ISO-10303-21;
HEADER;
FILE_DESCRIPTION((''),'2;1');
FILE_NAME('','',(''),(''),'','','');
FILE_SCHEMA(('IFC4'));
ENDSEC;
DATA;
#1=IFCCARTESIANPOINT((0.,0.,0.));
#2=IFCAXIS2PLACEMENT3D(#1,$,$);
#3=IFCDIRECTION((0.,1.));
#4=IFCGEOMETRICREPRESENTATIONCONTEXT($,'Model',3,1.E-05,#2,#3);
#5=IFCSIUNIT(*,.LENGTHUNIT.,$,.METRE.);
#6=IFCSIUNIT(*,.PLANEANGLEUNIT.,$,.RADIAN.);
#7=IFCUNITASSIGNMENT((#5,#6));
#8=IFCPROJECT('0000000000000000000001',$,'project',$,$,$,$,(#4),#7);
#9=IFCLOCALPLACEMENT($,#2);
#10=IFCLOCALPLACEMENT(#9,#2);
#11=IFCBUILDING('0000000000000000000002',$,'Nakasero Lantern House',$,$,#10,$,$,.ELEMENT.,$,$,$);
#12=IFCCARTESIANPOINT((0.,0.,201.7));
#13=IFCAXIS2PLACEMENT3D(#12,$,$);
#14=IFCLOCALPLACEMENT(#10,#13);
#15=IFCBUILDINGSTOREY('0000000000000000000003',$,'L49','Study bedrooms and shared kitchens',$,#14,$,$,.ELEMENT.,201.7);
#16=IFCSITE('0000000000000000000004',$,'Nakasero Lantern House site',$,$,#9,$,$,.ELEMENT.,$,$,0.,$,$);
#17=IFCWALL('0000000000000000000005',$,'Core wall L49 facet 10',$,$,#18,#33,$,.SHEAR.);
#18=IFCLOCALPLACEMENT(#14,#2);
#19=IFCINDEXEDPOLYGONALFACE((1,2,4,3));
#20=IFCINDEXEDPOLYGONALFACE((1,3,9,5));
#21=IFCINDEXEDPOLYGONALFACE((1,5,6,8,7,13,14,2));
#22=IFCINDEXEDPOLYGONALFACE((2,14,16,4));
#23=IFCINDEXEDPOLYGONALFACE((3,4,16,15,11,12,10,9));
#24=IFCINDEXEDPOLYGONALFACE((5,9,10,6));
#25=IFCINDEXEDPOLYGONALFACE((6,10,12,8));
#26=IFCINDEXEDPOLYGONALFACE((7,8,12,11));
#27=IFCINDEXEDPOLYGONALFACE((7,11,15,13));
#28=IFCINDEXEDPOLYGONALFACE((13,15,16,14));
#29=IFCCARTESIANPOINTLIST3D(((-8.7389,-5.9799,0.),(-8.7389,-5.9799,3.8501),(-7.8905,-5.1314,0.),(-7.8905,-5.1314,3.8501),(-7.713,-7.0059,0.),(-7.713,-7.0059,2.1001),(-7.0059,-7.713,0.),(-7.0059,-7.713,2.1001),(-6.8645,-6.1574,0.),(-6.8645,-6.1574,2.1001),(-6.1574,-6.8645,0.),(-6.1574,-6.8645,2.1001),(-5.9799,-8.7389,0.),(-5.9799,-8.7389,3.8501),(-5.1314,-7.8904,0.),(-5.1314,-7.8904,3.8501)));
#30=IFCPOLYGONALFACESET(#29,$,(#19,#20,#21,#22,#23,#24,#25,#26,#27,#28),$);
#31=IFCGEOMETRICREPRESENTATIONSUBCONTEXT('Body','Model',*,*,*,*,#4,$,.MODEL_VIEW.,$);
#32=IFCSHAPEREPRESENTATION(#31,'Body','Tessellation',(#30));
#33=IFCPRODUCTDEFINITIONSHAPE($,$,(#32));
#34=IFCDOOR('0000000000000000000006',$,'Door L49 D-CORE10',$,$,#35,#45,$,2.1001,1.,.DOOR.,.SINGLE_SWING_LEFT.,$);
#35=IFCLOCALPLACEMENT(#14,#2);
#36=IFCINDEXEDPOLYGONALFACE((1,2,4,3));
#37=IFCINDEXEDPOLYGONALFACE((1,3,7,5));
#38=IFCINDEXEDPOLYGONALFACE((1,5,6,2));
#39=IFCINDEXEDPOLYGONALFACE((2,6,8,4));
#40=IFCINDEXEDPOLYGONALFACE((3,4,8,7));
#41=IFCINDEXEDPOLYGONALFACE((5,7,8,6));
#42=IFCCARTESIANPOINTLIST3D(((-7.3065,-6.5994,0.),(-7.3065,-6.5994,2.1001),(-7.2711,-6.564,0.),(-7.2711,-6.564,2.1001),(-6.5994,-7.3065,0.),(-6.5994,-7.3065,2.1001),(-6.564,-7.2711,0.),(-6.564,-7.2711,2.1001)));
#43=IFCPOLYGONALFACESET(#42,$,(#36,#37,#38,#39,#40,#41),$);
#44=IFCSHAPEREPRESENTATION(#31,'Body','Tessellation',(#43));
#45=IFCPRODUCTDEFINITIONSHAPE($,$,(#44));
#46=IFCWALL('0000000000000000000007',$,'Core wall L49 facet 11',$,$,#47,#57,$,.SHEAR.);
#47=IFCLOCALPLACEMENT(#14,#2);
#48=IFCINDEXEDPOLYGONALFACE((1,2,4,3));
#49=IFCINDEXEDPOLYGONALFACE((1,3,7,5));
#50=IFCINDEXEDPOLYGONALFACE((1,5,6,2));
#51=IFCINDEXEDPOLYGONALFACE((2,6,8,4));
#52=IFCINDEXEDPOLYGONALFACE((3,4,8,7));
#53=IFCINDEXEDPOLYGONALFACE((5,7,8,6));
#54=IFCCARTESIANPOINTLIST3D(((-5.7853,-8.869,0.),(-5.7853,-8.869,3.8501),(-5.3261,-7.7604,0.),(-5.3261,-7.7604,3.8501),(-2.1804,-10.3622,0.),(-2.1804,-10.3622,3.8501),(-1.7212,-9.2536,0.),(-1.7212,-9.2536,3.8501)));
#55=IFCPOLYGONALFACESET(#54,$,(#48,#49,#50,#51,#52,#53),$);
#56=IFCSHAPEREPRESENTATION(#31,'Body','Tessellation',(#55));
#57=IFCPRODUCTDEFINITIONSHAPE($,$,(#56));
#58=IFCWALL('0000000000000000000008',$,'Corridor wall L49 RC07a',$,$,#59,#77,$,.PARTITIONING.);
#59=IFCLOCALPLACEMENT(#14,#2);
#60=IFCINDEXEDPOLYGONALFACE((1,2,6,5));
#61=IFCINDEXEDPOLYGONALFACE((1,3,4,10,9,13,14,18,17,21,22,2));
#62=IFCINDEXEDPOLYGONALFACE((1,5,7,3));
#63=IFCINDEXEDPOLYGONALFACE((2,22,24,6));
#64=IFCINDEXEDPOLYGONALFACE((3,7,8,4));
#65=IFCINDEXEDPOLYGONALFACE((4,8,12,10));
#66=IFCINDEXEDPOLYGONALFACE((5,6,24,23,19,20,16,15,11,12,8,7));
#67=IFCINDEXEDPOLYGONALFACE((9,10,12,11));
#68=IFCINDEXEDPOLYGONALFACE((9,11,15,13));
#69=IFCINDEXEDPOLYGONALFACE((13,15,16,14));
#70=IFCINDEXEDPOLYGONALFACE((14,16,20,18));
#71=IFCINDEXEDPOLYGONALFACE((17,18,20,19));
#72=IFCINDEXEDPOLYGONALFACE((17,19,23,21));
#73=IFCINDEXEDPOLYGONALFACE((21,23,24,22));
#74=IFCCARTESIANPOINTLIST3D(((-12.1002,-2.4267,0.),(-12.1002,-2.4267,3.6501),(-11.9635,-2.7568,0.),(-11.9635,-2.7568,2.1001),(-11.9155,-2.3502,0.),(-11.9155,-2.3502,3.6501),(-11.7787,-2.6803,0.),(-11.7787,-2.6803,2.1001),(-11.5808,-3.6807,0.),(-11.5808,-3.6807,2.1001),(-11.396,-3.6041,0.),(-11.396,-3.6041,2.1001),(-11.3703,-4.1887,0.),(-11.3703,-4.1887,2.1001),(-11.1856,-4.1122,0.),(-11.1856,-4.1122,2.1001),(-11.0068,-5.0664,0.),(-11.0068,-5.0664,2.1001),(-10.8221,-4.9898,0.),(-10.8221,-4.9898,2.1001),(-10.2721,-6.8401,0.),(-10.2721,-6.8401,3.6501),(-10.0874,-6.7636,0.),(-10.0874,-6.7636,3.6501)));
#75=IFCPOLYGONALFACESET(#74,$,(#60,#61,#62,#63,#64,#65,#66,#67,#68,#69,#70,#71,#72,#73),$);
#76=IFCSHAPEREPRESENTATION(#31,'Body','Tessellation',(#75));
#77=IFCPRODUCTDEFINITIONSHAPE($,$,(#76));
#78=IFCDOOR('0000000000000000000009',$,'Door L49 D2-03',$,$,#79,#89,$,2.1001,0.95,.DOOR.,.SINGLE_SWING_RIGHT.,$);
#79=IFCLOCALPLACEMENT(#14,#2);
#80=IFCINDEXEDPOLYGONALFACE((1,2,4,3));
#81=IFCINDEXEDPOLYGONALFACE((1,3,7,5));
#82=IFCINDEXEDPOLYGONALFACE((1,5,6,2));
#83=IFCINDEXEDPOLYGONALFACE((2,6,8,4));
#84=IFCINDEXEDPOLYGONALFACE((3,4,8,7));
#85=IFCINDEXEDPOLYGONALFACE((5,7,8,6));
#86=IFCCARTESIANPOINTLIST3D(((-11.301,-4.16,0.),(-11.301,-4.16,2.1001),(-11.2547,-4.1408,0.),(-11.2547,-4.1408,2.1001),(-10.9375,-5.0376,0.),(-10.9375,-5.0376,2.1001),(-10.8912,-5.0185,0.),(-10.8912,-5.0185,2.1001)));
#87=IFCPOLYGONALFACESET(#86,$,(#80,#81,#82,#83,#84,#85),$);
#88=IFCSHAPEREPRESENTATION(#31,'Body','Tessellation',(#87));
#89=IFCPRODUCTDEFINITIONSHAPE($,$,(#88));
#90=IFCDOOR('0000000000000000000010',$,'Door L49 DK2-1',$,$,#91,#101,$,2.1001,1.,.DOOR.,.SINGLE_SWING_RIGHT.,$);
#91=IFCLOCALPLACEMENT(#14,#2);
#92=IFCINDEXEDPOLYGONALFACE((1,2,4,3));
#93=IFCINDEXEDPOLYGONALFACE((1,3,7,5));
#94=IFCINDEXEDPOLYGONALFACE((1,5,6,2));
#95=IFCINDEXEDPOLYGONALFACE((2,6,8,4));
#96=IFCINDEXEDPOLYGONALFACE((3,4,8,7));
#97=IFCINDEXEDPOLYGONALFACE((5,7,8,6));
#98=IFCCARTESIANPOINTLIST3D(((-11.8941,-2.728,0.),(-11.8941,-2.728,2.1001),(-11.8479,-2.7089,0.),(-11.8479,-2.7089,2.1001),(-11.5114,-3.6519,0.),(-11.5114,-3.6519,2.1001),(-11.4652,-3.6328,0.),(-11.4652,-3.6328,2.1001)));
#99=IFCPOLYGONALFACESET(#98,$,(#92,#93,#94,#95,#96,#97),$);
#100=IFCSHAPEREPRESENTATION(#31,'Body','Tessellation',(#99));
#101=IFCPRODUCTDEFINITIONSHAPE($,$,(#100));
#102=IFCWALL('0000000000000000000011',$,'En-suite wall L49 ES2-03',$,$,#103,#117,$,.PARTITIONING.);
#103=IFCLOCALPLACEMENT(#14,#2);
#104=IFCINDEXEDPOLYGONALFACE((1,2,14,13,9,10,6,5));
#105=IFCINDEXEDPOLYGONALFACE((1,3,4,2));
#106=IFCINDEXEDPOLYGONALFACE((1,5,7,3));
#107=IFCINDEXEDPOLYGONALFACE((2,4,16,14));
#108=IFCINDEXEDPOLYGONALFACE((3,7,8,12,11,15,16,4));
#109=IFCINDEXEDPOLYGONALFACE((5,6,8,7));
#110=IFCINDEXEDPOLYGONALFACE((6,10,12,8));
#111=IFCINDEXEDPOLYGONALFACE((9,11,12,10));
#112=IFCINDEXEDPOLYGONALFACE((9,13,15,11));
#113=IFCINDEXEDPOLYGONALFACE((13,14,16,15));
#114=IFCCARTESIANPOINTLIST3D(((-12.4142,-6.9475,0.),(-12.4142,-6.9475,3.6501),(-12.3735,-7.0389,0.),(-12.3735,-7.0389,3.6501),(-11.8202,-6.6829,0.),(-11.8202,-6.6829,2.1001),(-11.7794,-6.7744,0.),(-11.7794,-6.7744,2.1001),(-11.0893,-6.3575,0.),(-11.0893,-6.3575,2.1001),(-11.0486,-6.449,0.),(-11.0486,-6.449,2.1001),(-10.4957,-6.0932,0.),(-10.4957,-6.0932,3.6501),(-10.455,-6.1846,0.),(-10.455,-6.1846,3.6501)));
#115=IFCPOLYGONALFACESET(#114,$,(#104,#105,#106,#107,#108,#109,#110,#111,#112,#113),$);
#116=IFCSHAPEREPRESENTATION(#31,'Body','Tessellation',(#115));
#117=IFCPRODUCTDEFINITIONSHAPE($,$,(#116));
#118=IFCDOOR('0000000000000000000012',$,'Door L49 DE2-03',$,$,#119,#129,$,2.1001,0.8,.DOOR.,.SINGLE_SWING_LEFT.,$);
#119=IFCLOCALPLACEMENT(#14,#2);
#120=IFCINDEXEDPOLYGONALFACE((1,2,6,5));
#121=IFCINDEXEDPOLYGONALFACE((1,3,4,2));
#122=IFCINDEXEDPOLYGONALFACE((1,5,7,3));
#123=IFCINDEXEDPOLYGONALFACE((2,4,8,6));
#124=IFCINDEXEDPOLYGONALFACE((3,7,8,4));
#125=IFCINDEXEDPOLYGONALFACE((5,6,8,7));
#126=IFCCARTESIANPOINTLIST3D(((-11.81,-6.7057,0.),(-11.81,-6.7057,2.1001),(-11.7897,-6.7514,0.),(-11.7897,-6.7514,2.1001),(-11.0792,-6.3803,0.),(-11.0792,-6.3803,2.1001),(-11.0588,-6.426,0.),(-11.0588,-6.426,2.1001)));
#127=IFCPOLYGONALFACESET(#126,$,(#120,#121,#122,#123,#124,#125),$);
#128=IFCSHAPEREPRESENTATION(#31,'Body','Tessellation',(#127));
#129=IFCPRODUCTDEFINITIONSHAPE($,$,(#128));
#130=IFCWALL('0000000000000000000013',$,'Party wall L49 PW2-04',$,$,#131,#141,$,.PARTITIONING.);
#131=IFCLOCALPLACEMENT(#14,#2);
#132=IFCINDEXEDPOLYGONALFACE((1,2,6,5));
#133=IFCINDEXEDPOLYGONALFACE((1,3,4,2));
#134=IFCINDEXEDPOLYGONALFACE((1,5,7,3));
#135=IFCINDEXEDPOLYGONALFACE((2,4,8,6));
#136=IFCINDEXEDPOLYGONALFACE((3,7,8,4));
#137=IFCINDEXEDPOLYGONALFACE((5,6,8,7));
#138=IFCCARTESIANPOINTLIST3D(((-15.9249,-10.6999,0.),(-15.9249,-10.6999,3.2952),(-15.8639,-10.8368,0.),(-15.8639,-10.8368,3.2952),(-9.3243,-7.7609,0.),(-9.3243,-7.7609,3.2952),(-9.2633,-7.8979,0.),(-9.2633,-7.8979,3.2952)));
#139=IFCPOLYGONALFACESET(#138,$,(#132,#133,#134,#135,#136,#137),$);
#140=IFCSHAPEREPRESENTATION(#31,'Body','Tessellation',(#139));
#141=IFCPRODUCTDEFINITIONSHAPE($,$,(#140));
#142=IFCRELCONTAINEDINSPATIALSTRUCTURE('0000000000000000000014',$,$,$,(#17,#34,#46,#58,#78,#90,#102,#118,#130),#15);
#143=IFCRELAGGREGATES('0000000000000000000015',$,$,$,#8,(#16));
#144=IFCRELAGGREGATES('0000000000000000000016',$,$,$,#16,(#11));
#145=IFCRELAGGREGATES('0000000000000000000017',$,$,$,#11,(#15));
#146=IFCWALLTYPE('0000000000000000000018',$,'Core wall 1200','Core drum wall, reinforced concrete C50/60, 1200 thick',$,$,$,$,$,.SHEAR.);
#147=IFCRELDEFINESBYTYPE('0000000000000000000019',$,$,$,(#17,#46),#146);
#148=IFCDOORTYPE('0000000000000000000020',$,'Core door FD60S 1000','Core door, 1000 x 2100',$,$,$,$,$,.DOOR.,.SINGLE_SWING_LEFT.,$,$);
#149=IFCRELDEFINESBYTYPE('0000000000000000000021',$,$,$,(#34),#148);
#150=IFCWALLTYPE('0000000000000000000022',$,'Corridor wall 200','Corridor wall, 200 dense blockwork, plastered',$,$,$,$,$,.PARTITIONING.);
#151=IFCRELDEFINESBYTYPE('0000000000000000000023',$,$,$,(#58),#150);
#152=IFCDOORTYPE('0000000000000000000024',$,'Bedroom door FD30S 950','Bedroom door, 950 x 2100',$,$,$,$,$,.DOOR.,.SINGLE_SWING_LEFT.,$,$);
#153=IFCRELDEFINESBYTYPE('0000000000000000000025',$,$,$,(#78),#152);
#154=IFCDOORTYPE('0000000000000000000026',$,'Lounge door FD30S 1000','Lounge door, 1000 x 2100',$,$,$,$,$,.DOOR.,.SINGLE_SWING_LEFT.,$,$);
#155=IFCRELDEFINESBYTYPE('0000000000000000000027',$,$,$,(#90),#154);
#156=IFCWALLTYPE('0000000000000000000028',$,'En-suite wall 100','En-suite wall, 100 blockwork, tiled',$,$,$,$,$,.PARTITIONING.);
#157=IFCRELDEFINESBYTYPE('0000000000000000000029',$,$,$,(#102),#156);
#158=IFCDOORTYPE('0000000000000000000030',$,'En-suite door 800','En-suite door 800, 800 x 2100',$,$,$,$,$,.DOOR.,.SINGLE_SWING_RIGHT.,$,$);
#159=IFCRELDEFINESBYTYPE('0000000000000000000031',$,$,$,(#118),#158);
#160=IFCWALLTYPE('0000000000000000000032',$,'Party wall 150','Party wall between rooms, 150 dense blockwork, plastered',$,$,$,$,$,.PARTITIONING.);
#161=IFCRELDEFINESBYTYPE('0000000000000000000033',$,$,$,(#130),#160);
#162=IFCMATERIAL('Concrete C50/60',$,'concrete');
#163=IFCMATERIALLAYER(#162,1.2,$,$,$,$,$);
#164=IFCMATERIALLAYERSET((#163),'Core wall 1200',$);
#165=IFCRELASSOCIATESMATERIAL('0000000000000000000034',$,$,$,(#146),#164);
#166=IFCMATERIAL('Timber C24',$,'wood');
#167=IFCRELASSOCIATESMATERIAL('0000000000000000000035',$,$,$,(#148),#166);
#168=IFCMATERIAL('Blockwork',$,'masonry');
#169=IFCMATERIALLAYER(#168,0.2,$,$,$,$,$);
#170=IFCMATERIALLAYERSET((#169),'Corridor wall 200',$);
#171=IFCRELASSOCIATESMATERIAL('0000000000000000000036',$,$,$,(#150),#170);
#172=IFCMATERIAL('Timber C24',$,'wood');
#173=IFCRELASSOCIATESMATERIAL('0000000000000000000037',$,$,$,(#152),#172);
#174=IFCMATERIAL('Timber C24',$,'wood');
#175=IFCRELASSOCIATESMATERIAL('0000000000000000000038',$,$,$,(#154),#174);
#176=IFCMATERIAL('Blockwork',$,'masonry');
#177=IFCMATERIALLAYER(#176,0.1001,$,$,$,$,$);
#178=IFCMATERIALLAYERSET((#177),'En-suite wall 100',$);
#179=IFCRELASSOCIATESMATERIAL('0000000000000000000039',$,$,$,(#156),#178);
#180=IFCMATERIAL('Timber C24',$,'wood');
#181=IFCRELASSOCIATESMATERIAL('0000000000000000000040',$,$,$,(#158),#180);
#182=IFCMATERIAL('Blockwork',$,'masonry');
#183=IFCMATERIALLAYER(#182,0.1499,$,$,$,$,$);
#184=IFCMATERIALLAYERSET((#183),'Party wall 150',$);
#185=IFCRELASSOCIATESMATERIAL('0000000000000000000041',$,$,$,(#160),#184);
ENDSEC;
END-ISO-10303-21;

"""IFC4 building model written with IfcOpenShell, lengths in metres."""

from ifc_helpers import new_model, si_unit, direction, frame, frame_2d, origin, place, context, subcontext, project, spatial, rectangle, extrude, material, layer, layer_set, type_object, element, fill, save


model = new_model("IFC4")

# Units and contexts
model_context = context("Model", 3, precision=1e-05, world=origin(), true_north=direction((0.0, 1.0)))
body_context = subcontext(model_context, "Body", "Model", "MODEL_VIEW")
ifc_project = project(units=[si_unit("LENGTHUNIT", "METRE"), si_unit("PLANEANGLEUNIT", "RADIAN")], contexts=[model_context])

# Site, building, storey
site_placement = place(None, origin())
site = spatial("IfcSite", under=ifc_project, at=site_placement, Name="Nakasero Lantern House site", CompositionType="ELEMENT", RefElevation=0.0)
building_placement = place(site_placement, origin())
building = spatial("IfcBuilding", under=site, at=building_placement, Name="Nakasero Lantern House", CompositionType="ELEMENT")
storey_placement = place(building_placement, frame((0.0, 0.0, 201.7)))
storey = spatial("IfcBuildingStorey", under=building, at=storey_placement, Name="L49", Description="Study bedrooms and shared kitchens", CompositionType="ELEMENT", Elevation=201.7)

# Shared definitions
ifc_material_1 = material(Name="Concrete C50/60", Category="concrete")
ifc_layer_1 = layer(ifc_material_1, 1.2)
ifc_layer_set_1 = layer_set([ifc_layer_1], Name="Core wall 1200")
wall_type_1 = type_object("IfcWallType", Name="Core wall 1200", Description="Core drum wall, reinforced concrete C50/60, 1200 thick", PredefinedType="SHEAR", material=ifc_layer_set_1)

# Wall, opening, door
wall_1_placement = place(storey_placement, frame((-8.3147, -5.5557, 0.0), z_axis=(0.0, 0.0, 1.0), x_axis=(0.707107, -0.707107, 0.0)))
wall_1 = element("IfcWall", 1, at=wall_1_placement, inside=storey, type_object=wall_type_1, Name="Core wall L49 facet 10", PredefinedType="SHEAR", context=body_context, shape_type="SweptSolid", body=[
    extrude(rectangle(XDim=3.9019, YDim=1.2, at=frame_2d((1.9509, 0.0))), origin(), (0.0, 0.0, 1.0), 3.8501),
])
opening_1_placement = place(wall_1_placement, frame((1.4509, 0.0, 0.0)))
opening_1 = element("IfcOpeningElement", 2, at=opening_1_placement, cuts=wall_1, PredefinedType="OPENING", context=body_context, shape_type="SweptSolid", body=[
    extrude(rectangle(XDim=1.0, YDim=2.1001, at=frame_2d((0.5, 1.05))), frame((0.0, 0.6199, 0.0), z_axis=(0.0, -1.0, 0.0), x_axis=(1.0, 0.0, 0.0)), (0.0, 0.0, 1.0), 1.24),
])
ifc_material_2 = material(Name="Timber C24", Category="wood")
door_type_1 = type_object("IfcDoorType", Name="Core door FD60S 1000", Description="Core door, 1000 x 2100", OperationType="SINGLE_SWING_LEFT", PredefinedType="DOOR", material=ifc_material_2)
door_1_placement = place(opening_1_placement, origin())
door_1 = element("IfcDoor", 3, at=door_1_placement, inside=storey, type_object=door_type_1, Name="Door L49 D-CORE10", OperationType="SINGLE_SWING_LEFT", OverallHeight=2.1001, OverallWidth=1.0, PredefinedType="DOOR", context=body_context, shape_type="SweptSolid", body=[
    extrude(rectangle(XDim=1.0, YDim=2.1001, at=frame_2d((0.5, 1.05))), frame((0.0, 0.0249, 0.0), z_axis=(0.0, -1.0, 0.0), x_axis=(1.0, 0.0, 0.0)), (0.0, 0.0, 1.0), 0.05),
])
fill(opening_1, door_1)

# Wall
wall_2_placement = place(storey_placement, frame((-5.5557, -8.3147, 0.0), z_axis=(0.0, 0.0, 1.0), x_axis=(0.923877, -0.382691, 0.0)))
element("IfcWall", 4, at=wall_2_placement, inside=storey, type_object=wall_type_1, Name="Core wall L49 facet 11", PredefinedType="SHEAR", context=body_context, shape_type="SweptSolid", body=[
    extrude(rectangle(XDim=3.9019, YDim=1.2, at=frame_2d((1.9509, 0.0))), origin(), (0.0, 0.0, 1.0), 3.8501),
])

# Wall, openings, doors
ifc_material_3 = material(Name="Blockwork", Category="masonry")
ifc_layer_2 = layer(ifc_material_3, 0.2)
ifc_layer_set_2 = layer_set([ifc_layer_2], Name="Corridor wall 200")
wall_type_2 = type_object("IfcWallType", Name="Corridor wall 200", Description="Corridor wall, 200 dense blockwork, plastered", PredefinedType="PARTITIONING", material=ifc_layer_set_2)
wall_3_placement = place(storey_placement, frame((-10.1797, -6.802, 0.0), z_axis=(0.0, 0.0, 1.0), x_axis=(-0.382677, 0.923882, 0.0)))
wall_3 = element("IfcWall", 5, at=wall_3_placement, inside=storey, type_object=wall_type_2, Name="Corridor wall L49 RC07a", PredefinedType="PARTITIONING", context=body_context, shape_type="SweptSolid", body=[
    extrude(rectangle(XDim=4.7771, YDim=0.2, at=frame_2d((2.3887, 0.0))), origin(), (0.0, 0.0, 1.0), 3.6501),
])
opening_2_placement = place(wall_3_placement, frame((1.9199, 0.0, 0.0)))
opening_2 = element("IfcOpeningElement", 6, at=opening_2_placement, cuts=wall_3, PredefinedType="OPENING", context=body_context, shape_type="SweptSolid", body=[
    extrude(rectangle(XDim=0.95, YDim=2.1001, at=frame_2d((0.4751, 1.05))), frame((0.0, 0.1199, 0.0), z_axis=(0.0, -1.0, 0.0), x_axis=(1.0, 0.0, 0.0)), (0.0, 0.0, 1.0), 0.24),
])
opening_3_placement = place(wall_3_placement, frame((3.4199, 0.0, 0.0)))
opening_3 = element("IfcOpeningElement", 7, at=opening_3_placement, cuts=wall_3, PredefinedType="OPENING", context=body_context, shape_type="SweptSolid", body=[
    extrude(rectangle(XDim=1.0, YDim=2.1001, at=frame_2d((0.5, 1.05))), frame((0.0, 0.1199, 0.0), z_axis=(0.0, -1.0, 0.0), x_axis=(1.0, 0.0, 0.0)), (0.0, 0.0, 1.0), 0.24),
])
ifc_material_4 = material(Name="Timber C24", Category="wood")
door_type_2 = type_object("IfcDoorType", Name="Bedroom door FD30S 950", Description="Bedroom door, 950 x 2100", OperationType="SINGLE_SWING_LEFT", PredefinedType="DOOR", material=ifc_material_4)
door_2_placement = place(opening_2_placement, origin())
door_2 = element("IfcDoor", 8, at=door_2_placement, inside=storey, type_object=door_type_2, Name="Door L49 D2-03", OperationType="SINGLE_SWING_RIGHT", OverallHeight=2.1001, OverallWidth=0.95, PredefinedType="DOOR", context=body_context, shape_type="SweptSolid", body=[
    extrude(rectangle(XDim=0.95, YDim=2.1001, at=frame_2d((0.4751, 1.05))), frame((0.0, 0.0249, 0.0), z_axis=(0.0, -1.0, 0.0), x_axis=(1.0, 0.0, 0.0)), (0.0, 0.0, 1.0), 0.05),
])
fill(opening_2, door_2)
ifc_material_5 = material(Name="Timber C24", Category="wood")
door_type_3 = type_object("IfcDoorType", Name="Lounge door FD30S 1000", Description="Lounge door, 1000 x 2100", OperationType="SINGLE_SWING_LEFT", PredefinedType="DOOR", material=ifc_material_5)
door_3_placement = place(opening_3_placement, origin())
door_3 = element("IfcDoor", 9, at=door_3_placement, inside=storey, type_object=door_type_3, Name="Door L49 DK2-1", OperationType="SINGLE_SWING_RIGHT", OverallHeight=2.1001, OverallWidth=1.0, PredefinedType="DOOR", context=body_context, shape_type="SweptSolid", body=[
    extrude(rectangle(XDim=1.0, YDim=2.1001, at=frame_2d((0.5, 1.05))), frame((0.0, 0.0249, 0.0), z_axis=(0.0, -1.0, 0.0), x_axis=(1.0, 0.0, 0.0)), (0.0, 0.0, 1.0), 0.05),
])
fill(opening_3, door_3)

# Wall, opening, door
ifc_material_6 = material(Name="Blockwork", Category="masonry")
ifc_layer_3 = layer(ifc_material_6, 0.1001)
ifc_layer_set_3 = layer_set([ifc_layer_3], Name="En-suite wall 100")
wall_type_3 = type_object("IfcWallType", Name="En-suite wall 100", Description="En-suite wall, 100 blockwork, tiled", PredefinedType="PARTITIONING", material=ifc_layer_set_3)
wall_4_placement = place(storey_placement, frame((-10.4753, -6.1389, 0.0), z_axis=(0.0, 0.0, 1.0), x_axis=(-0.913528, -0.406775, 0.0)))
wall_4 = element("IfcWall", 10, at=wall_4_placement, inside=storey, type_object=wall_type_3, Name="En-suite wall L49 ES2-03", PredefinedType="PARTITIONING", context=body_context, shape_type="SweptSolid", body=[
    extrude(rectangle(XDim=2.1001, YDim=0.1001, at=frame_2d((1.05, 0.0))), origin(), (0.0, 0.0, 1.0), 3.6501),
])
opening_4_placement = place(wall_4_placement, frame((0.6499, 0.0, 0.0)))
opening_4 = element("IfcOpeningElement", 11, at=opening_4_placement, cuts=wall_4, PredefinedType="OPENING", context=body_context, shape_type="SweptSolid", body=[
    extrude(rectangle(XDim=0.8, YDim=2.1001, at=frame_2d((0.3999, 1.05))), frame((0.0, 0.0701, 0.0), z_axis=(0.0, -1.0, 0.0), x_axis=(1.0, 0.0, 0.0)), (0.0, 0.0, 1.0), 0.1401),
])
ifc_material_7 = material(Name="Timber C24", Category="wood")
door_type_4 = type_object("IfcDoorType", Name="En-suite door 800", Description="En-suite door 800, 800 x 2100", OperationType="SINGLE_SWING_RIGHT", PredefinedType="DOOR", material=ifc_material_7)
door_4_placement = place(opening_4_placement, origin())
door_4 = element("IfcDoor", 12, at=door_4_placement, inside=storey, type_object=door_type_4, Name="Door L49 DE2-03", OperationType="SINGLE_SWING_LEFT", OverallHeight=2.1001, OverallWidth=0.8, PredefinedType="DOOR", context=body_context, shape_type="SweptSolid", body=[
    extrude(rectangle(XDim=0.8, YDim=2.1001, at=frame_2d((0.3999, 1.05))), frame((0.0, 0.0249, 0.0), z_axis=(0.0, -1.0, 0.0), x_axis=(1.0, 0.0, 0.0)), (0.0, 0.0, 1.0), 0.05),
])
fill(opening_4, door_4)

# Wall
ifc_material_8 = material(Name="Blockwork", Category="masonry")
ifc_layer_4 = layer(ifc_material_8, 0.1499)
ifc_layer_set_4 = layer_set([ifc_layer_4], Name="Party wall 150")
wall_type_4 = type_object("IfcWallType", Name="Party wall 150", Description="Party wall between rooms, 150 dense blockwork, plastered", PredefinedType="PARTITIONING", material=ifc_layer_set_4)
wall_5_placement = place(storey_placement, frame((-9.2937, -7.8293, 0.0), z_axis=(0.0, 0.0, 1.0), x_axis=(-0.913535, -0.406759, 0.0)))
element("IfcWall", 13, at=wall_5_placement, inside=storey, type_object=wall_type_4, Name="Party wall L49 PW2-04", PredefinedType="PARTITIONING", context=body_context, shape_type="SweptSolid", body=[
    extrude(rectangle(XDim=7.2253, YDim=0.1499, at=frame_2d((3.6128, 0.0))), origin(), (0.0, 0.0, 1.0), 3.2952),
])

save(model, "model.ifc")
